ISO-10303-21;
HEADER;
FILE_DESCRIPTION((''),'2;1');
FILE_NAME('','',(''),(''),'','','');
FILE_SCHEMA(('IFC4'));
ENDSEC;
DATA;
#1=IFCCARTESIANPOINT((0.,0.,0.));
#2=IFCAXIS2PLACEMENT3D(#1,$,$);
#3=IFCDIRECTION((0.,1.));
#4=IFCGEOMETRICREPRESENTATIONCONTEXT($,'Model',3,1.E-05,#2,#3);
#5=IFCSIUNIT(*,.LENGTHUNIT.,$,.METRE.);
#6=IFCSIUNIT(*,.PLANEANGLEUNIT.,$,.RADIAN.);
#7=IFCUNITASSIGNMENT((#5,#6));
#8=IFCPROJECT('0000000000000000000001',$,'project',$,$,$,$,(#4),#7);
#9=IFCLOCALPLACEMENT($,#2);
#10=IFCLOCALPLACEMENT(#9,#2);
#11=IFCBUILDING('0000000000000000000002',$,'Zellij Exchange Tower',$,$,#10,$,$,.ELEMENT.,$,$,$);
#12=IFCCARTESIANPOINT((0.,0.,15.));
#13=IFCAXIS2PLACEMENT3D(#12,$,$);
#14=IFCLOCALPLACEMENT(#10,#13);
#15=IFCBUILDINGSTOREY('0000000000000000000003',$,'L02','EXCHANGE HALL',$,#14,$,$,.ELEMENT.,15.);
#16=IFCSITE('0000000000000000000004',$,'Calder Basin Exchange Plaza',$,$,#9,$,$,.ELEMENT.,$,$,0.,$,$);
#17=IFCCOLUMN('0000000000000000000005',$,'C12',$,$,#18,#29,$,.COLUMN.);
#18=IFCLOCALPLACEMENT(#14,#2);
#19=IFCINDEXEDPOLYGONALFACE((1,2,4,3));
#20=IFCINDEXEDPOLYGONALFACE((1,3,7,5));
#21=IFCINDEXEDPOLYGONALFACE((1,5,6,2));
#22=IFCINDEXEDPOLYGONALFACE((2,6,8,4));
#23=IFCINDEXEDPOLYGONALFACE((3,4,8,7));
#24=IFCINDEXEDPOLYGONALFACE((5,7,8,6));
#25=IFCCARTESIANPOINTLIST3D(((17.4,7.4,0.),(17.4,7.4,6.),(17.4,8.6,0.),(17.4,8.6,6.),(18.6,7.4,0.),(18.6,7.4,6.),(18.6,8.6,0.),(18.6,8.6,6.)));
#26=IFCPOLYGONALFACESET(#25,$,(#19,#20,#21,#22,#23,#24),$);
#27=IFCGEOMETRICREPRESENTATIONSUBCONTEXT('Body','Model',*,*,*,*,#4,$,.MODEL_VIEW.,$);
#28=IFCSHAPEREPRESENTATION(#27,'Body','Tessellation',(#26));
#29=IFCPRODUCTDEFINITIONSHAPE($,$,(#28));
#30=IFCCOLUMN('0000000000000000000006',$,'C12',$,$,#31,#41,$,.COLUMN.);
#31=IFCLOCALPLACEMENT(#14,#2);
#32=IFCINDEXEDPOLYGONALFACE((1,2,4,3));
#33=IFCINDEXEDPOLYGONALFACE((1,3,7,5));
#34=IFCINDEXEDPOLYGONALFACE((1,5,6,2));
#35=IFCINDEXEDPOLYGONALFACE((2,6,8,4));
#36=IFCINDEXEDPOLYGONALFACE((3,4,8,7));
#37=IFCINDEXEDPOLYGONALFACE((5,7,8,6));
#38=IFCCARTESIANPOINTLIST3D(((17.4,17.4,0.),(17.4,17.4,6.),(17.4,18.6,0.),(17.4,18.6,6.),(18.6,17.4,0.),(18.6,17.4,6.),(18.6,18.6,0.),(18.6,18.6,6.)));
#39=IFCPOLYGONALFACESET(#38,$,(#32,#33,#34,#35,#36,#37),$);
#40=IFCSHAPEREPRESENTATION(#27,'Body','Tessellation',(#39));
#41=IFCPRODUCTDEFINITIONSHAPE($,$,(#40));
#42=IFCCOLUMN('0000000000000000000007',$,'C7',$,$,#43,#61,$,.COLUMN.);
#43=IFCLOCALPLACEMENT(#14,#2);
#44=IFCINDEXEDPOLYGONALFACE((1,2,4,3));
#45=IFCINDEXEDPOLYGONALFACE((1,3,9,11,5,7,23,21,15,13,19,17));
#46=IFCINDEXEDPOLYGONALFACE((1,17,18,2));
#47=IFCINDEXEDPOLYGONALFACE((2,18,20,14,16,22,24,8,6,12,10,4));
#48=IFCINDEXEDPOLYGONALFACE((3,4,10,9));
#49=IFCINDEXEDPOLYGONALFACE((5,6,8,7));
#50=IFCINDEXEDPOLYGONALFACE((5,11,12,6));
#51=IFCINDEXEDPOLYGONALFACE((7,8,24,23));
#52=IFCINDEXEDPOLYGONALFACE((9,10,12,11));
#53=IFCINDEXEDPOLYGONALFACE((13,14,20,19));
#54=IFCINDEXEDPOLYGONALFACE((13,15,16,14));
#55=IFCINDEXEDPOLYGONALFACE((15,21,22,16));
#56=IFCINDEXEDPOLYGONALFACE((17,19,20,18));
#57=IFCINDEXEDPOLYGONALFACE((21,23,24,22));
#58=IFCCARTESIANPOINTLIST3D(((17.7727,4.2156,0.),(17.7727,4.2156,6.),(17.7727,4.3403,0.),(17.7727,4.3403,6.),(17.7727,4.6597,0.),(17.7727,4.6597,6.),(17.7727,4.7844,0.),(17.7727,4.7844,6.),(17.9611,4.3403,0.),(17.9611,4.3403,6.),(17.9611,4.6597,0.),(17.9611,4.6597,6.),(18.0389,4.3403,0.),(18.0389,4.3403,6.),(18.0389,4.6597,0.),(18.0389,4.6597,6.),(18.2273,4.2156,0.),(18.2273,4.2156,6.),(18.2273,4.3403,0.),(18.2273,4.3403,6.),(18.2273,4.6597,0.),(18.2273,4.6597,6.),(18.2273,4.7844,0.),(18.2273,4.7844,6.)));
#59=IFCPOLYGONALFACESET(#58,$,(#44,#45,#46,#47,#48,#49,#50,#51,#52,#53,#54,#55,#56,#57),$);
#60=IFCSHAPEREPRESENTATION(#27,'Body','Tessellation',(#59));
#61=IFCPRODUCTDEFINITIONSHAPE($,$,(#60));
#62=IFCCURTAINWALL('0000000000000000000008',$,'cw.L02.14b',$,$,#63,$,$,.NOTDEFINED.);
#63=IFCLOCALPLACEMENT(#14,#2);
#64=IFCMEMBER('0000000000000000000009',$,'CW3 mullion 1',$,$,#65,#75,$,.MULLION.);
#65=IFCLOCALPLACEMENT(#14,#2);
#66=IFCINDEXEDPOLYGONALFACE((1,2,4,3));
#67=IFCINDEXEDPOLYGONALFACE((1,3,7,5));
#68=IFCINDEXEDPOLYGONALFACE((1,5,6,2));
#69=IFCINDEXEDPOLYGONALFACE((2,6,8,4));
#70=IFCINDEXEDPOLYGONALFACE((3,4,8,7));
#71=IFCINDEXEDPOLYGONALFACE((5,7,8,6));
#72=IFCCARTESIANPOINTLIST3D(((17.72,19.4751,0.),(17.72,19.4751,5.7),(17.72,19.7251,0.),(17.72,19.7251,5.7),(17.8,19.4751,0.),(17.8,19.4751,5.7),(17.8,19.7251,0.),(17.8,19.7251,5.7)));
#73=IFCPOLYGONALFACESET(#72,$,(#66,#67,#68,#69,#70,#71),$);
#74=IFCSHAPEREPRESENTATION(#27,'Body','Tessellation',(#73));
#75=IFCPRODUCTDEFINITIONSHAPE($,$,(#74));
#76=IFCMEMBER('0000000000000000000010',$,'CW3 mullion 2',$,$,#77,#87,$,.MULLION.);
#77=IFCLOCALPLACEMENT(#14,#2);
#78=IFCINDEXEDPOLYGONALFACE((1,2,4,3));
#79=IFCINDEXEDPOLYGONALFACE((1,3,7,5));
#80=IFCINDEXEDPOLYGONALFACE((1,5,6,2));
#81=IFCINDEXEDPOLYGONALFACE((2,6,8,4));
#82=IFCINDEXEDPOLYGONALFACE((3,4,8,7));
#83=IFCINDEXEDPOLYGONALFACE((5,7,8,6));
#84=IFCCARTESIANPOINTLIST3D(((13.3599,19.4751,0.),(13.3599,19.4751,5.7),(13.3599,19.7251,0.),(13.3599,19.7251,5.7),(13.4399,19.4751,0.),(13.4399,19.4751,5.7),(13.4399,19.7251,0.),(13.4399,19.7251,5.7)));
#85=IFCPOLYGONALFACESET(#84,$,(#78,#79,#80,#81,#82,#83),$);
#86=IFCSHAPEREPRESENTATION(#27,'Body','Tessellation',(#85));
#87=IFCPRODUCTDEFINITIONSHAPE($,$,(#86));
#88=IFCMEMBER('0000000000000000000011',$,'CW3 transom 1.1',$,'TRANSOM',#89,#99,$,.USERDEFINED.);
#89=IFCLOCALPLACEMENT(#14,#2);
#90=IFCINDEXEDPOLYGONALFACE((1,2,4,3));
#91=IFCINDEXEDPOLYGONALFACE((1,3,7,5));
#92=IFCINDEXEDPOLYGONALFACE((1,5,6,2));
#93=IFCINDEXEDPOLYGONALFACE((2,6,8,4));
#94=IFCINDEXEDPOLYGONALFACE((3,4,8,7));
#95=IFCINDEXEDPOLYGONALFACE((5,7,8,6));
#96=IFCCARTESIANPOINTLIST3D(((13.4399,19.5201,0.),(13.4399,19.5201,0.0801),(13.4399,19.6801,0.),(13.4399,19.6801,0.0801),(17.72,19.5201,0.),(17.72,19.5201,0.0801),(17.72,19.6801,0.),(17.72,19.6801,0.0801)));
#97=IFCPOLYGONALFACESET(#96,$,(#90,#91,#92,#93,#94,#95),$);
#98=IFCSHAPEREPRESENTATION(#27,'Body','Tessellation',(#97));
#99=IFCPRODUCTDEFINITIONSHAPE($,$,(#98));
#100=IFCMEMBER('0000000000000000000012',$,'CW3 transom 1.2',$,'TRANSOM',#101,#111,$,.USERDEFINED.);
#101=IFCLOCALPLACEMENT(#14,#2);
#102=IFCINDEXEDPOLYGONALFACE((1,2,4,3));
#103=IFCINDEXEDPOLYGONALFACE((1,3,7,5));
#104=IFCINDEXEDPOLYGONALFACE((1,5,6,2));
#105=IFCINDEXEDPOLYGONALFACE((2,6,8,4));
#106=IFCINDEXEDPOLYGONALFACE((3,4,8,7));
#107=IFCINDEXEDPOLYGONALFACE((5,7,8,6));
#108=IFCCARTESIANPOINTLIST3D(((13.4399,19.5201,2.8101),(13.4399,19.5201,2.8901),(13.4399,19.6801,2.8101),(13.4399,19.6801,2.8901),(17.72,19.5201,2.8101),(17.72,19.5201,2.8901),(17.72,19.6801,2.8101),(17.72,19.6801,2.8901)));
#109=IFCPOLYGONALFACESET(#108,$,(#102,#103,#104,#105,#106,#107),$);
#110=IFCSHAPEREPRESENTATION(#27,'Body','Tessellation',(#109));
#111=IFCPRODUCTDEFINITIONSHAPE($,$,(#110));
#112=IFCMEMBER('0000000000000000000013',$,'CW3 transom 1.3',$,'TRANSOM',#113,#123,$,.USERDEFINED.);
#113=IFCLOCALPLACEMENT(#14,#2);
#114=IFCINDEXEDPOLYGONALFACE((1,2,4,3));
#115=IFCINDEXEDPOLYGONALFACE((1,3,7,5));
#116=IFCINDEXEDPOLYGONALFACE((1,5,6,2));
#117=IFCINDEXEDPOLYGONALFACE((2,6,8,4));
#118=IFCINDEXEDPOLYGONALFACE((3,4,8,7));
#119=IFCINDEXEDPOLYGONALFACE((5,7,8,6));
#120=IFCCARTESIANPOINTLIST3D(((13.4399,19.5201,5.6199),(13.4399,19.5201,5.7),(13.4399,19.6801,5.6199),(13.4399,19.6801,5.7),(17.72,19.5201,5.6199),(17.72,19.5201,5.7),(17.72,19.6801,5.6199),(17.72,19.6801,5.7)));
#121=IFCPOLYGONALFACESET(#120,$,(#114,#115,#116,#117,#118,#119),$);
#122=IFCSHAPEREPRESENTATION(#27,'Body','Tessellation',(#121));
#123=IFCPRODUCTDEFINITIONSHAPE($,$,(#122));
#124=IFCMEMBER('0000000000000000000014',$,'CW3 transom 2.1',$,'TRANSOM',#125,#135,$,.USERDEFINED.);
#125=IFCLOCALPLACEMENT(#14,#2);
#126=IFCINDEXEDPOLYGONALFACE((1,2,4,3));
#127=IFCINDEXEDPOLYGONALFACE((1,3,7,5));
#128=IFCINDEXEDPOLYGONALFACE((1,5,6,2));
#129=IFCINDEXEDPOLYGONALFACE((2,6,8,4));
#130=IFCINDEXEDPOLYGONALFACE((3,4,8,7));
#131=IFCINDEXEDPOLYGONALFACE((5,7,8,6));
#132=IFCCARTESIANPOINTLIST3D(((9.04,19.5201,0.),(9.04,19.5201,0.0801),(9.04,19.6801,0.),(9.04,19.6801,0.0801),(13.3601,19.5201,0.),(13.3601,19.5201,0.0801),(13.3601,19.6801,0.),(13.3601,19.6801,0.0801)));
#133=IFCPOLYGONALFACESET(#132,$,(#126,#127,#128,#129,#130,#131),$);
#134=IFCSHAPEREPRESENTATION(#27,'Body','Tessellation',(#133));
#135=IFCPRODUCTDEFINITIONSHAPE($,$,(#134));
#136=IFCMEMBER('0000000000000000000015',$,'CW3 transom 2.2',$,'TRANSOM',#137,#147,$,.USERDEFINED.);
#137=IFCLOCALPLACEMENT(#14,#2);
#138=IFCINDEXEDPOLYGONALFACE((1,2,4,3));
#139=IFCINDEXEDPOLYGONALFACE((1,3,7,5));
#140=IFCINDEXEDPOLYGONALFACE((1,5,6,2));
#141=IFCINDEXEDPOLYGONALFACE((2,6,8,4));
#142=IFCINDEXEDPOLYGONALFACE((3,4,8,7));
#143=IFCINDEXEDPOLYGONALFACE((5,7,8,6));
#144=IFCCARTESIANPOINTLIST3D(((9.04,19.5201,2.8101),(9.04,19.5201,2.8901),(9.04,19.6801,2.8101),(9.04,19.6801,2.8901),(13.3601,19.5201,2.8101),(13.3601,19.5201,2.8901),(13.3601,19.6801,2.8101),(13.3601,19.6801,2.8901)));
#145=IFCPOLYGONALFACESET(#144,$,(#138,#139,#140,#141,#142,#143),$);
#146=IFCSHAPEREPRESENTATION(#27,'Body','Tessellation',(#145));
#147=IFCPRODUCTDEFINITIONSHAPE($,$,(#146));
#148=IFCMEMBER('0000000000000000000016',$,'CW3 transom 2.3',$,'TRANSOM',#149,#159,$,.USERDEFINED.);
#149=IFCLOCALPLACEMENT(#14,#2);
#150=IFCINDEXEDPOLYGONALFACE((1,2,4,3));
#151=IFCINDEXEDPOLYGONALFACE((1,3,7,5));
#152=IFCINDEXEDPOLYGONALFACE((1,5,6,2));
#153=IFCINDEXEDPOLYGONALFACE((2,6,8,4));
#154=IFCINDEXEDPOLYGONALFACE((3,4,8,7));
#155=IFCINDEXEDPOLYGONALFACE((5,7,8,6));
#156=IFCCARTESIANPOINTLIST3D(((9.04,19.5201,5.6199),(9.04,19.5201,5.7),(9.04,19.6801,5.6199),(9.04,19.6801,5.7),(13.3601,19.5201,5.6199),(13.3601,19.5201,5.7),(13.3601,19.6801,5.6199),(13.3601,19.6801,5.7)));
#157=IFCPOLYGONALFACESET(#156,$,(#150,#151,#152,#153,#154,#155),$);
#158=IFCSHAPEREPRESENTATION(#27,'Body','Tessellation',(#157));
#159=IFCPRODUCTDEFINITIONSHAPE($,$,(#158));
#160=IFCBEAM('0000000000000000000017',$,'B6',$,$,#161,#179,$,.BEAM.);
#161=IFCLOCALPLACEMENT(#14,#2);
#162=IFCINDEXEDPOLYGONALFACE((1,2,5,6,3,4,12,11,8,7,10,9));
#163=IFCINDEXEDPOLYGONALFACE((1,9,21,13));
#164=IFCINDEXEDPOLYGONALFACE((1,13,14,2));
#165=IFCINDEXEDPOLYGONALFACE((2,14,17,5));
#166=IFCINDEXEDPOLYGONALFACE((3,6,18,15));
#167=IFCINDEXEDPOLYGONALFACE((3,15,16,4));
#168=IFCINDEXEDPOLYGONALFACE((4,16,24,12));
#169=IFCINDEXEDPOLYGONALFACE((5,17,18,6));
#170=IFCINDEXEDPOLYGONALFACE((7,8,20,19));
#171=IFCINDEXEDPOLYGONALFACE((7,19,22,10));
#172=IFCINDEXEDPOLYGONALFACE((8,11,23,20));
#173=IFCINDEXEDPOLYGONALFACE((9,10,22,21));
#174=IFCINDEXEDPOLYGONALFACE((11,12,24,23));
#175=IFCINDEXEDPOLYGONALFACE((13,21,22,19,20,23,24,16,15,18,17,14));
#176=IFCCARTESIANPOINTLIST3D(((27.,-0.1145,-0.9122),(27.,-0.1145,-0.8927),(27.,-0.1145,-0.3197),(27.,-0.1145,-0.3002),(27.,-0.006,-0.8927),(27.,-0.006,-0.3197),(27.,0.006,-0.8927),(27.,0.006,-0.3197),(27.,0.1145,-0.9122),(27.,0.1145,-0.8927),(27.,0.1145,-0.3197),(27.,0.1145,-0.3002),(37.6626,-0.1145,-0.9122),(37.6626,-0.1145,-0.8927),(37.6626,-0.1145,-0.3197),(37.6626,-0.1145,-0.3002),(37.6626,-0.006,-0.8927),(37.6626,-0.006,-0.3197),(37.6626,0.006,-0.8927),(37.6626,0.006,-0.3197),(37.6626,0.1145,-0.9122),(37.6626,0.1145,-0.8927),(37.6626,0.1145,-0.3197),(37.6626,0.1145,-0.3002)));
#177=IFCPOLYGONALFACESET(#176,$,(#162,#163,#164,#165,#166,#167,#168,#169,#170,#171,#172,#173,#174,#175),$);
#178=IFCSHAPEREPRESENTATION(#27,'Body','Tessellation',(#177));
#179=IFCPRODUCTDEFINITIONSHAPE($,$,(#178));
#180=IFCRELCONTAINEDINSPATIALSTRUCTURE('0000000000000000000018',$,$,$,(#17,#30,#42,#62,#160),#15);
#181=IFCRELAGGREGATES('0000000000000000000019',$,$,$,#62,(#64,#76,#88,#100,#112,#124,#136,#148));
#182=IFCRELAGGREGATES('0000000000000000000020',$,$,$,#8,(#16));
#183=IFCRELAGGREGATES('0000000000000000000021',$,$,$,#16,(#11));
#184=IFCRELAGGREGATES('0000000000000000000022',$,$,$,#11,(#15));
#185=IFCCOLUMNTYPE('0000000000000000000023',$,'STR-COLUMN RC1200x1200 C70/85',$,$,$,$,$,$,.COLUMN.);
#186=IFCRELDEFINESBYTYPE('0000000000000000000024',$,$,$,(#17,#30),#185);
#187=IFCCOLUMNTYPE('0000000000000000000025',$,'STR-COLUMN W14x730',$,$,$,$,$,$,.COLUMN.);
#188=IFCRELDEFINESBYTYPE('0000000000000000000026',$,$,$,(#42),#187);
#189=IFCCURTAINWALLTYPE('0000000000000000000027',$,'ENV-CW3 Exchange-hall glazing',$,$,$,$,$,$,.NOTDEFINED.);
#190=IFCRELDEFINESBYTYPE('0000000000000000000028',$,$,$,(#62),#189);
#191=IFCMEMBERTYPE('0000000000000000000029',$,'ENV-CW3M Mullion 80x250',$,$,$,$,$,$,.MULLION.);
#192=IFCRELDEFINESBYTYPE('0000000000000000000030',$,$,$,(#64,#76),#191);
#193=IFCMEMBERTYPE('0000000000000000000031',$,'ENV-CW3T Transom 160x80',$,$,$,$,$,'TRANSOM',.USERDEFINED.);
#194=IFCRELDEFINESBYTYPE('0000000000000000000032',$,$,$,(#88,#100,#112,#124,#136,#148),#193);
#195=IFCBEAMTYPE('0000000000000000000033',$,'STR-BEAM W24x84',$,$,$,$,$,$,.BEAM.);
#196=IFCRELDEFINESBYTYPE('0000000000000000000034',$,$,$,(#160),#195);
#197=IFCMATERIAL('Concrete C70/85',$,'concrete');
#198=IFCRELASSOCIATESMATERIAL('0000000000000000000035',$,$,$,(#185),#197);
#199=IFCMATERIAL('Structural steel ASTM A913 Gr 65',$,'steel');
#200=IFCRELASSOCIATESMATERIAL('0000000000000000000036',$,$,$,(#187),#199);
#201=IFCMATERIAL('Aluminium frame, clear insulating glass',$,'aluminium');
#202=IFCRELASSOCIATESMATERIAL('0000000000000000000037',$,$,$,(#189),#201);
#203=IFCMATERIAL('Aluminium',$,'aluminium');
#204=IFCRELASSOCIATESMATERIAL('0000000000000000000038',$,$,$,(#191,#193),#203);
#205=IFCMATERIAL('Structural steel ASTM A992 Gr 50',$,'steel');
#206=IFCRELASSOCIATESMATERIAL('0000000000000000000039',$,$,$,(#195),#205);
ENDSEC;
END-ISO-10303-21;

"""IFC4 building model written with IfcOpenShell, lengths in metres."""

from ifc_helpers import new_model, si_unit, direction, frame, origin, origin_2d, place, context, subcontext, project, spatial, rectangle, i_section, extrude, material, material_profile, profile_set, type_object, element, aggregate, save


model = new_model("IFC4")

# Units and contexts
model_context = context("Model", 3, precision=1e-05, world=origin(), true_north=direction((0.0, 1.0)))
body_context = subcontext(model_context, "Body", "Model", "MODEL_VIEW")
ifc_project = project(units=[si_unit("LENGTHUNIT", "METRE"), si_unit("PLANEANGLEUNIT", "RADIAN")], contexts=[model_context])

# Site, building, storey
site_placement = place(None, origin())
site = spatial("IfcSite", under=ifc_project, at=site_placement, Name="Calder Basin Exchange Plaza", CompositionType="ELEMENT", RefElevation=0.0)
building_placement = place(site_placement, origin())
building = spatial("IfcBuilding", under=site, at=building_placement, Name="Zellij Exchange Tower", CompositionType="ELEMENT")
storey_placement = place(building_placement, frame((0.0, 0.0, 15.0)))
storey = spatial("IfcBuildingStorey", under=building, at=storey_placement, Name="L02", Description="EXCHANGE HALL", CompositionType="ELEMENT", Elevation=15.0)

# Columns
ifc_material_1 = material(Name="Concrete C70/85", Category="concrete")
ifc_material_profile_1 = material_profile(ifc_material_1, rectangle(XDim=1.2, YDim=1.2, at=origin_2d()), Name="STR-COLUMN RC1200x1200 C70/85")
ifc_profile_set_1 = profile_set([ifc_material_profile_1], Name="Concrete C70/85")
column_type_1 = type_object("IfcColumnType", Name="STR-COLUMN RC1200x1200 C70/85", PredefinedType="COLUMN", material=ifc_profile_set_1)
for number, where, z_axis, x_axis, name in (
    (1, (18.0, 8.0, 0.0), (0.0, 0.0, 1.0), (1.0, 0.0, 0.0), "C12"),
    (2, (18.0, 18.0, 0.0), (0.0, 0.0, 1.0), (1.0, 0.0, 0.0), "C12"),
):
    element("IfcColumn", number, at=place(storey_placement, frame(where, z_axis=z_axis, x_axis=x_axis)), inside=storey, type_object=column_type_1, Name=name, PredefinedType="COLUMN", context=body_context, shape_type="SweptSolid", body=[
        extrude(rectangle(XDim=1.2, YDim=1.2, at=origin_2d()), origin(), (0.0, 0.0, 1.0), 6.0),
    ])
ifc_material_2 = material(Name="Structural steel ASTM A913 Gr 65", Category="steel")
ifc_material_profile_2 = material_profile(ifc_material_2, i_section(OverallWidth=0.4546, OverallDepth=0.5688, WebThickness=0.0779, FlangeThickness=0.1248, at=origin_2d()), Name="W14x730")
ifc_profile_set_2 = profile_set([ifc_material_profile_2], Name="Structural steel ASTM A913 Gr 65")
column_type_2 = type_object("IfcColumnType", Name="STR-COLUMN W14x730", PredefinedType="COLUMN", material=ifc_profile_set_2)
column_placement = place(storey_placement, frame((18.0, 4.5, 0.0), z_axis=(0.0, 0.0, 1.0), x_axis=(1.0, 0.0, 0.0)))
element("IfcColumn", 3, at=column_placement, inside=storey, type_object=column_type_2, Name="C7", PredefinedType="COLUMN", context=body_context, shape_type="SweptSolid", body=[
    extrude(i_section(OverallWidth=0.4546, OverallDepth=0.5688, WebThickness=0.0779, FlangeThickness=0.1248, at=origin_2d()), origin(), (0.0, 0.0, 1.0), 6.0),
])

# Curtain wall, members
ifc_material_3 = material(Name="Aluminium frame, clear insulating glass", Category="aluminium")
curtain_wall_type = type_object("IfcCurtainWallType", Name="ENV-CW3 Exchange-hall glazing", PredefinedType="NOTDEFINED", material=ifc_material_3)
curtain_wall_placement = place(storey_placement, origin())
curtain_wall = element("IfcCurtainWall", 4, at=curtain_wall_placement, inside=storey, type_object=curtain_wall_type, Name="cw.L02.14b", PredefinedType="NOTDEFINED")
ifc_material_4 = material(Name="Aluminium", Category="aluminium")
ifc_material_profile_3 = material_profile(ifc_material_4, rectangle(XDim=0.0801, YDim=0.25, at=origin_2d()), Name="AL 80x250")
ifc_profile_set_3 = profile_set([ifc_material_profile_3], Name="Aluminium")
member_type_1 = type_object("IfcMemberType", Name="ENV-CW3M Mullion 80x250", PredefinedType="MULLION", material=ifc_profile_set_3)
member_1_placement = place(storey_placement, frame((17.76, 19.6001, 0.0), z_axis=(0.0, 0.0, 1.0), x_axis=(-1.0, 0.0, 0.0)))
member_1 = element("IfcMember", 5, at=member_1_placement, type_object=member_type_1, Name="CW3 mullion 1", PredefinedType="MULLION", context=body_context, shape_type="SweptSolid", body=[
    extrude(rectangle(XDim=0.0801, YDim=0.25, at=origin_2d()), origin(), (0.0, 0.0, 1.0), 5.7),
])
member_2_placement = place(storey_placement, frame((13.3999, 19.6001, 0.0), z_axis=(0.0, 0.0, 1.0), x_axis=(-1.0, 0.0, 0.0)))
member_2 = element("IfcMember", 6, at=member_2_placement, type_object=member_type_1, Name="CW3 mullion 2", PredefinedType="MULLION", context=body_context, shape_type="SweptSolid", body=[
    extrude(rectangle(XDim=0.0801, YDim=0.25, at=origin_2d()), origin(), (0.0, 0.0, 1.0), 5.7),
])
ifc_material_profile_4 = material_profile(ifc_material_4, rectangle(XDim=0.1599, YDim=0.0801, at=origin_2d()), Name="AL 160x80")
ifc_profile_set_4 = profile_set([ifc_material_profile_4], Name="Aluminium")
member_type_2 = type_object("IfcMemberType", Name="ENV-CW3T Transom 160x80", ElementType="TRANSOM", PredefinedType="USERDEFINED", material=ifc_profile_set_4)
member_3_placement = place(storey_placement, frame((17.72, 19.6001, 0.04), z_axis=(-1.0, 0.0, 0.0), x_axis=(0.0, -1.0, 0.0)))
member_3 = element("IfcMember", 7, at=member_3_placement, type_object=member_type_2, Name="CW3 transom 1.1", ObjectType="TRANSOM", PredefinedType="USERDEFINED", context=body_context, shape_type="SweptSolid", body=[
    extrude(rectangle(XDim=0.1599, YDim=0.0801, at=origin_2d()), origin(), (0.0, 0.0, 1.0), 4.28),
])
member_4_placement = place(storey_placement, frame((17.72, 19.6001, 2.8501), z_axis=(-1.0, 0.0, 0.0), x_axis=(0.0, -1.0, 0.0)))
member_4 = element("IfcMember", 8, at=member_4_placement, type_object=member_type_2, Name="CW3 transom 1.2", ObjectType="TRANSOM", PredefinedType="USERDEFINED", context=body_context, shape_type="SweptSolid", body=[
    extrude(rectangle(XDim=0.1599, YDim=0.0801, at=origin_2d()), origin(), (0.0, 0.0, 1.0), 4.28),
])
member_5_placement = place(storey_placement, frame((17.72, 19.6001, 5.6599), z_axis=(-1.0, 0.0, 0.0), x_axis=(0.0, -1.0, 0.0)))
member_5 = element("IfcMember", 9, at=member_5_placement, type_object=member_type_2, Name="CW3 transom 1.3", ObjectType="TRANSOM", PredefinedType="USERDEFINED", context=body_context, shape_type="SweptSolid", body=[
    extrude(rectangle(XDim=0.1599, YDim=0.0801, at=origin_2d()), origin(), (0.0, 0.0, 1.0), 4.28),
])
member_6_placement = place(storey_placement, frame((13.3601, 19.6001, 0.04), z_axis=(-1.0, 0.0, 0.0), x_axis=(0.0, -1.0, 0.0)))
member_6 = element("IfcMember", 10, at=member_6_placement, type_object=member_type_2, Name="CW3 transom 2.1", ObjectType="TRANSOM", PredefinedType="USERDEFINED", context=body_context, shape_type="SweptSolid", body=[
    extrude(rectangle(XDim=0.1599, YDim=0.0801, at=origin_2d()), origin(), (0.0, 0.0, 1.0), 4.3201),
])
member_7_placement = place(storey_placement, frame((13.3601, 19.6001, 2.8501), z_axis=(-1.0, 0.0, 0.0), x_axis=(0.0, -1.0, 0.0)))
member_7 = element("IfcMember", 11, at=member_7_placement, type_object=member_type_2, Name="CW3 transom 2.2", ObjectType="TRANSOM", PredefinedType="USERDEFINED", context=body_context, shape_type="SweptSolid", body=[
    extrude(rectangle(XDim=0.1599, YDim=0.0801, at=origin_2d()), origin(), (0.0, 0.0, 1.0), 4.3201),
])
member_8_placement = place(storey_placement, frame((13.3601, 19.6001, 5.6599), z_axis=(-1.0, 0.0, 0.0), x_axis=(0.0, -1.0, 0.0)))
member_8 = element("IfcMember", 12, at=member_8_placement, type_object=member_type_2, Name="CW3 transom 2.3", ObjectType="TRANSOM", PredefinedType="USERDEFINED", context=body_context, shape_type="SweptSolid", body=[
    extrude(rectangle(XDim=0.1599, YDim=0.0801, at=origin_2d()), origin(), (0.0, 0.0, 1.0), 4.3201),
])

# Beam
ifc_material_5 = material(Name="Structural steel ASTM A992 Gr 50", Category="steel")
ifc_material_profile_5 = material_profile(ifc_material_5, i_section(OverallWidth=0.229, OverallDepth=0.6121, WebThickness=0.012, FlangeThickness=0.0195, at=origin_2d()), Name="W24x84")
ifc_profile_set_5 = profile_set([ifc_material_profile_5], Name="Structural steel ASTM A992 Gr 50")
beam_type_1 = type_object("IfcBeamType", Name="STR-BEAM W24x84", PredefinedType="BEAM", material=ifc_profile_set_5)
beam_1_placement = place(storey_placement, frame((27.0, 0.0, -0.6062), z_axis=(1.0, 0.0, 0.0), x_axis=(0.0, 1.0, 0.0)))
element("IfcBeam", 13, at=beam_1_placement, inside=storey, type_object=beam_type_1, Name="B6", PredefinedType="BEAM", context=body_context, shape_type="SweptSolid", body=[
    extrude(i_section(OverallWidth=0.229, OverallDepth=0.6121, WebThickness=0.012, FlangeThickness=0.0195, at=origin_2d()), origin(), (0.0, 0.0, 1.0), 10.6626),
])

aggregate(curtain_wall, [member_1, member_2, member_3, member_4, member_5, member_6, member_7, member_8])

save(model, "model.ifc")
